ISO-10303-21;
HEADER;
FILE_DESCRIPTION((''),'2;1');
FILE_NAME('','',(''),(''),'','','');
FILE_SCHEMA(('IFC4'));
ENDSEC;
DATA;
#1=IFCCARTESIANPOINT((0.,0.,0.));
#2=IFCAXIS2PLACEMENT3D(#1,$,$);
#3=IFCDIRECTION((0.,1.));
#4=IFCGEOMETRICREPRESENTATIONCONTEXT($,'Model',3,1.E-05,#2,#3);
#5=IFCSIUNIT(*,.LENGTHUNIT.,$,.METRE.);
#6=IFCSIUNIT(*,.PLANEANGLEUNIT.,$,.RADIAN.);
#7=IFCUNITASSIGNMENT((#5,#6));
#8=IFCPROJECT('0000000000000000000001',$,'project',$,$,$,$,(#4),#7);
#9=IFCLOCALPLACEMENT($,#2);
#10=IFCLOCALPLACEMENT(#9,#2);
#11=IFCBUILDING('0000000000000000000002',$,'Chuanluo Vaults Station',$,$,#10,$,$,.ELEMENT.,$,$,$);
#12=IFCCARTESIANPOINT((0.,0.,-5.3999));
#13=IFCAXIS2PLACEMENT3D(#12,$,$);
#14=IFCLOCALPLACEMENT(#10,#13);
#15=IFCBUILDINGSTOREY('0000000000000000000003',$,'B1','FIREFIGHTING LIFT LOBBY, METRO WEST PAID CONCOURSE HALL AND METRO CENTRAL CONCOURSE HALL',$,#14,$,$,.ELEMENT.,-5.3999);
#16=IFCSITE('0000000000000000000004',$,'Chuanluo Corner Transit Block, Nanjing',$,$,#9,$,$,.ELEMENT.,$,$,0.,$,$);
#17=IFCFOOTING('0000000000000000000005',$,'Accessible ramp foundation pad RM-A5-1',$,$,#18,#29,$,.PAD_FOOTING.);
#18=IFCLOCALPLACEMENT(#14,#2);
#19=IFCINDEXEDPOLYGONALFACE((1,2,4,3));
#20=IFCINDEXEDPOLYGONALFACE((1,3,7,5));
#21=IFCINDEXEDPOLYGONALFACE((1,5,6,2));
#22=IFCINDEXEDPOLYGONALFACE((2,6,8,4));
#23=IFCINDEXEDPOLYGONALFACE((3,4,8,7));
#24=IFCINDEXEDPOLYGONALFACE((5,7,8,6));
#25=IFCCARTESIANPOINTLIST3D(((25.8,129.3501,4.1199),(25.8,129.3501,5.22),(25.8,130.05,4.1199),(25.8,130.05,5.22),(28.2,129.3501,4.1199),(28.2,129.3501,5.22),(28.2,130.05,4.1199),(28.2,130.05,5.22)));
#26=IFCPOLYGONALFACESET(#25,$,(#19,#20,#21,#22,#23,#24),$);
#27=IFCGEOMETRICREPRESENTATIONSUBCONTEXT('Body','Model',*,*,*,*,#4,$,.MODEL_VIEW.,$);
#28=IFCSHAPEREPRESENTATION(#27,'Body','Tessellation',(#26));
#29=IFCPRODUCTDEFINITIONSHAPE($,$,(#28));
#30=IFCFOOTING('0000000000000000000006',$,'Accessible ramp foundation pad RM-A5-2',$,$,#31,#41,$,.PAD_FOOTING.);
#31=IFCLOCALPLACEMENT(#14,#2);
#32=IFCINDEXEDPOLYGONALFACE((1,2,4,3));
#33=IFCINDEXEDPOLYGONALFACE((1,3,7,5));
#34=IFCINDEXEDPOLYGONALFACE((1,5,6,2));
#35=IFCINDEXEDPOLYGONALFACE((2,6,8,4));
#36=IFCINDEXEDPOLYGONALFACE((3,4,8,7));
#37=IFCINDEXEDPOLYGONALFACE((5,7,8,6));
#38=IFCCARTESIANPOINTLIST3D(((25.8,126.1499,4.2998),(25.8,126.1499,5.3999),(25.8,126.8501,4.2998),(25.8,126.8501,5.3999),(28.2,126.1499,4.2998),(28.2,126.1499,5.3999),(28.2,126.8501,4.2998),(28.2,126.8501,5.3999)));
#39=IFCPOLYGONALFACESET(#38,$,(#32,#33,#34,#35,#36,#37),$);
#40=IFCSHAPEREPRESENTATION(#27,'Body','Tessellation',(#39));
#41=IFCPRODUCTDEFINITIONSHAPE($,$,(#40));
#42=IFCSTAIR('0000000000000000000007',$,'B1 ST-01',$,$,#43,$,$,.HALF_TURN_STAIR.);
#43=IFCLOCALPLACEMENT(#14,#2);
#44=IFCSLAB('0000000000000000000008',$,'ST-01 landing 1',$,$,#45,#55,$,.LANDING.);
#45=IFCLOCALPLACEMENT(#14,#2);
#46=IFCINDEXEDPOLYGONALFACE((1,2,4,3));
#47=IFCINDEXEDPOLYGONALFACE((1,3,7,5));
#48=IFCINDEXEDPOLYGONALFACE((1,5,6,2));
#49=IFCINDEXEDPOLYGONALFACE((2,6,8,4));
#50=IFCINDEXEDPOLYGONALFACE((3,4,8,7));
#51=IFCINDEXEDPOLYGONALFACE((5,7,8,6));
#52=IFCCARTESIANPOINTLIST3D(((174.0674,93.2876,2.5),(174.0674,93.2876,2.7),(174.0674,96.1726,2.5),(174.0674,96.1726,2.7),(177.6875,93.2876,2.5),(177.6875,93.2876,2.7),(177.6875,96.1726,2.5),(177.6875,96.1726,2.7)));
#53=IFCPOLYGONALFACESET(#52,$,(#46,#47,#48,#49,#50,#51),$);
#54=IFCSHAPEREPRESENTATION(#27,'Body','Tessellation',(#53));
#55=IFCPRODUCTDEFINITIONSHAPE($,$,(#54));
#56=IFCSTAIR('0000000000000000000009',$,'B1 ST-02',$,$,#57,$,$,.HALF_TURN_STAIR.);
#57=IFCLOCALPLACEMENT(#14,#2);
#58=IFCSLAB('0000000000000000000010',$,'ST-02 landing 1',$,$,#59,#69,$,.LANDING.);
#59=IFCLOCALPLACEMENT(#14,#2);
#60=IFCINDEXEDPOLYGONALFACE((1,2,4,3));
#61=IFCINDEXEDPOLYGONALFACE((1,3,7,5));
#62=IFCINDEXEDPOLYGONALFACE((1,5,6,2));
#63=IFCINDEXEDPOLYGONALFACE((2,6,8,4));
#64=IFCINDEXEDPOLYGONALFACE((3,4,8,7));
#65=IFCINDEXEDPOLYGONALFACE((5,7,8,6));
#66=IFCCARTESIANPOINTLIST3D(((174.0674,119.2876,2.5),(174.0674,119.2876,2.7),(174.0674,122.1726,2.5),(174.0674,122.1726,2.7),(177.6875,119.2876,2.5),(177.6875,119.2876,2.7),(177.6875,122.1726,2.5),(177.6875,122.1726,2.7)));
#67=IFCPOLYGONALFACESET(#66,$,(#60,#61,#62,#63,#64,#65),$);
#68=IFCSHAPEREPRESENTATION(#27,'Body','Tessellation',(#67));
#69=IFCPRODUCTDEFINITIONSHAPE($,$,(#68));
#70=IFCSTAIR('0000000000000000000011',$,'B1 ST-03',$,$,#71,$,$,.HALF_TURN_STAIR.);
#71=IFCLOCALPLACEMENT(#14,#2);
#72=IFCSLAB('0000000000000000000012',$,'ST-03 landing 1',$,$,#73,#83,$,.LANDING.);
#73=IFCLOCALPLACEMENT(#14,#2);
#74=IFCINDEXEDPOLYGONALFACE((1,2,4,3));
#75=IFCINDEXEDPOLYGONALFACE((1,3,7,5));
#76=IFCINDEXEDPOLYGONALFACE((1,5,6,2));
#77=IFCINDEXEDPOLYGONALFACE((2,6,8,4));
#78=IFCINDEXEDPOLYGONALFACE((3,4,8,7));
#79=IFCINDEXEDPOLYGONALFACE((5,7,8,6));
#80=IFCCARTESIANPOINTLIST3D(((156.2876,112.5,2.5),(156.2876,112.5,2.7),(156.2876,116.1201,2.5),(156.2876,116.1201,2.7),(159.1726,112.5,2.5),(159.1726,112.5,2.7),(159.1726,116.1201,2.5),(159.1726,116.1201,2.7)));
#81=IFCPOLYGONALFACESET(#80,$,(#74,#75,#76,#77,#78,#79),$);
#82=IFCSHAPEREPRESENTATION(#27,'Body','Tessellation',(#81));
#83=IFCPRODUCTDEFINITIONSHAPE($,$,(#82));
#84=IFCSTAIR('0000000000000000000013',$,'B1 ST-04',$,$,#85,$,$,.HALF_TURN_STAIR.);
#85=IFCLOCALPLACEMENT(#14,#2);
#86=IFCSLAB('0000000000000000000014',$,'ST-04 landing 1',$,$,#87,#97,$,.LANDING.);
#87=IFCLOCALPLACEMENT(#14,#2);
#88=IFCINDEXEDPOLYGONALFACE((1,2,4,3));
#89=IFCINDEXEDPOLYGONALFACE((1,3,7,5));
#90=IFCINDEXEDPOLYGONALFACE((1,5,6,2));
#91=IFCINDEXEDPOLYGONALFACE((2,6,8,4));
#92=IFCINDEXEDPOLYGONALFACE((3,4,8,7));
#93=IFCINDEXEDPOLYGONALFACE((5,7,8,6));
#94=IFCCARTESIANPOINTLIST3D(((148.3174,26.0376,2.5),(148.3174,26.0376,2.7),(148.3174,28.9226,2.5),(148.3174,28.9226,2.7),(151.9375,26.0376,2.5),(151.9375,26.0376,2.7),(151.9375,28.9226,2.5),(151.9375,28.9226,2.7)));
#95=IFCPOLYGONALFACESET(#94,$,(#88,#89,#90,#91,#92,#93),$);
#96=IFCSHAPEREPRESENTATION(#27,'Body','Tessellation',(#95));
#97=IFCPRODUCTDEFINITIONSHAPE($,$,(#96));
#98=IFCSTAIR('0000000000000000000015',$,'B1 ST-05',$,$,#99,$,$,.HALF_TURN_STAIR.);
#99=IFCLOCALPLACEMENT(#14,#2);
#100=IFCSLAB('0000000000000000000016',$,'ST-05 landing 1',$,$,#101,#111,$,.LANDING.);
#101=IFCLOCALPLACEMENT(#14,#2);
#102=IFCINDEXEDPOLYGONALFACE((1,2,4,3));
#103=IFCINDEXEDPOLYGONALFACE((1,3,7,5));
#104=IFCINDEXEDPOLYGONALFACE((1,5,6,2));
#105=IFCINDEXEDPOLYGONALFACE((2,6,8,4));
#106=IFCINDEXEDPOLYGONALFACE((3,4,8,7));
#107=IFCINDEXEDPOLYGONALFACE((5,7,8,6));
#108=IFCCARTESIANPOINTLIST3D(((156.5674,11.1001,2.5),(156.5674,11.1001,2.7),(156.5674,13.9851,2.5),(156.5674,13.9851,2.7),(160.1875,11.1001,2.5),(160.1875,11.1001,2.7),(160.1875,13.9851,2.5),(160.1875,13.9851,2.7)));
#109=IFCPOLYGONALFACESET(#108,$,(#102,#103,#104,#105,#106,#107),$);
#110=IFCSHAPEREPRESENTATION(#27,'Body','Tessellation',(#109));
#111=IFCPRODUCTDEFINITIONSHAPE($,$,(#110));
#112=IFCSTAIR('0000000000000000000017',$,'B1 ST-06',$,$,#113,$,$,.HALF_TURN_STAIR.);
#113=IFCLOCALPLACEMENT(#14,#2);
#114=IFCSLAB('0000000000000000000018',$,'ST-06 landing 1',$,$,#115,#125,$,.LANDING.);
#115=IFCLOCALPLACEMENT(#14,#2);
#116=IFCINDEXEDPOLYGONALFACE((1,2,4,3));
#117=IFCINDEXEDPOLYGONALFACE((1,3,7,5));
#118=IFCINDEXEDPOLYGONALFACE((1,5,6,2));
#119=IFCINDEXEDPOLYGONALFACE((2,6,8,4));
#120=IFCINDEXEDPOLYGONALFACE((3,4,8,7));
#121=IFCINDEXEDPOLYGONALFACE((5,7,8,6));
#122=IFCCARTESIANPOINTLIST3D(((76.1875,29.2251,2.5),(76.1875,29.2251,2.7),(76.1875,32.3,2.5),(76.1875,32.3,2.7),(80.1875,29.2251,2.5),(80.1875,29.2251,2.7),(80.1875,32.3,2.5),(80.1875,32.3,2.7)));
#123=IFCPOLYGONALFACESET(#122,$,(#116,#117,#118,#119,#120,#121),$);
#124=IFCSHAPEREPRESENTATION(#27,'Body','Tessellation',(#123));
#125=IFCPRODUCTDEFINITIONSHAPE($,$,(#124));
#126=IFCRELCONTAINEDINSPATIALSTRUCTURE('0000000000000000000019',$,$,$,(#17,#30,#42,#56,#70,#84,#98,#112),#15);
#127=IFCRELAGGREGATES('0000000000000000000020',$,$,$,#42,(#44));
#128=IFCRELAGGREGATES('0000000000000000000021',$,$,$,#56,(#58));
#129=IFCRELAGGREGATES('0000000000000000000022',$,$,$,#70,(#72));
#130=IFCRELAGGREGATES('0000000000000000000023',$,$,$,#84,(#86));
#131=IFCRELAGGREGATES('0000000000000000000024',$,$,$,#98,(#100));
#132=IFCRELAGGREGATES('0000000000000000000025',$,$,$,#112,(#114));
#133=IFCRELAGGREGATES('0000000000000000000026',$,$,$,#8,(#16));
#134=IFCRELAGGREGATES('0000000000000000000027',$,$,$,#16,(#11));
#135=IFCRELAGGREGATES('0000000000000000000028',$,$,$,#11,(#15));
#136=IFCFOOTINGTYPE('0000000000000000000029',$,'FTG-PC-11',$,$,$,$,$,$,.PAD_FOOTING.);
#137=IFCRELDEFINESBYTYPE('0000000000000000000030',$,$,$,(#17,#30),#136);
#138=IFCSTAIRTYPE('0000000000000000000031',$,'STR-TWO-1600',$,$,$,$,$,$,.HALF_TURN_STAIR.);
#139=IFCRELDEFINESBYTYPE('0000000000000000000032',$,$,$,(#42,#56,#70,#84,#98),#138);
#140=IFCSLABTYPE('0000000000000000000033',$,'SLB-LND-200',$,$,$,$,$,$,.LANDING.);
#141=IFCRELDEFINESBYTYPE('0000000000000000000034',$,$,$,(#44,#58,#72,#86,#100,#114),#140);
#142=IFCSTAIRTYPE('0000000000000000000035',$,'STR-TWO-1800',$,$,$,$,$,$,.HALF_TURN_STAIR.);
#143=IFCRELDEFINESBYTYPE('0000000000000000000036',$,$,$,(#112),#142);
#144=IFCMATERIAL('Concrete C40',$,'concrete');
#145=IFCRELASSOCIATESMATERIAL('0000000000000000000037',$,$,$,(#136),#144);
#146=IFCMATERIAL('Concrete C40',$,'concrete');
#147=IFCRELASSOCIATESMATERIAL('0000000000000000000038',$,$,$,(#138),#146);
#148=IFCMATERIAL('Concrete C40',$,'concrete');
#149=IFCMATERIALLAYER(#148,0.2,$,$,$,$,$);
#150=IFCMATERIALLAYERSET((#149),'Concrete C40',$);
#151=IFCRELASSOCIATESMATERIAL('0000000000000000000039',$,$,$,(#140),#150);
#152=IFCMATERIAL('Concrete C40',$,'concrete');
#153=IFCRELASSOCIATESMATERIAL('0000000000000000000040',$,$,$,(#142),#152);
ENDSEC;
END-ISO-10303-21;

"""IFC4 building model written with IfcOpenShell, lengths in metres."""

from ifc_helpers import new_model, si_unit, direction, frame, origin, place, context, subcontext, project, spatial, polyline, outline, extrude, material, layer, layer_set, type_object, element, aggregate, save


model = new_model("IFC4")

# Units and contexts
model_context = context("Model", 3, precision=1e-05, world=origin(), true_north=direction((0.0, 1.0)))
body_context = subcontext(model_context, "Body", "Model", "MODEL_VIEW")
ifc_project = project(units=[si_unit("LENGTHUNIT", "METRE"), si_unit("PLANEANGLEUNIT", "RADIAN")], contexts=[model_context])

# Site, building, storey
site_placement = place(None, origin())
site = spatial("IfcSite", under=ifc_project, at=site_placement, Name="Chuanluo Corner Transit Block, Nanjing", CompositionType="ELEMENT", RefElevation=0.0)
building_placement = place(site_placement, origin())
building = spatial("IfcBuilding", under=site, at=building_placement, Name="Chuanluo Vaults Station", CompositionType="ELEMENT")
storey_placement = place(building_placement, frame((0.0, 0.0, -5.3999)))
storey = spatial("IfcBuildingStorey", under=building, at=storey_placement, Name="B1", Description="FIREFIGHTING LIFT LOBBY, METRO WEST PAID CONCOURSE HALL AND METRO CENTRAL CONCOURSE HALL", CompositionType="ELEMENT", Elevation=-5.3999)

# Footings
ifc_material_1 = material(Name="Concrete C40", Category="concrete")
footing_type_1 = type_object("IfcFootingType", Name="FTG-PC-11", PredefinedType="PAD_FOOTING", material=ifc_material_1)
footing_1_placement = place(storey_placement, frame((0.0, 0.0, 4.1199)))
element("IfcFooting", 1, at=footing_1_placement, inside=storey, type_object=footing_type_1, Name="Accessible ramp foundation pad RM-A5-1", PredefinedType="PAD_FOOTING", context=body_context, shape_type="SweptSolid", body=[
    extrude(outline(polyline([(25.8, 129.3501), (28.2, 129.3501), (28.2, 130.05), (25.8, 130.05), (25.8, 129.3501)])), origin(), (0.0, 0.0, 1.0), 1.1001),
])
footing_2_placement = place(storey_placement, frame((0.0, 0.0, 4.2998)))
element("IfcFooting", 2, at=footing_2_placement, inside=storey, type_object=footing_type_1, Name="Accessible ramp foundation pad RM-A5-2", PredefinedType="PAD_FOOTING", context=body_context, shape_type="SweptSolid", body=[
    extrude(outline(polyline([(25.8, 126.1499), (28.2, 126.1499), (28.2, 126.8501), (25.8, 126.8501), (25.8, 126.1499)])), origin(), (0.0, 0.0, 1.0), 1.1001),
])

# Stairs, slabs
ifc_material_2 = material(Name="Concrete C40", Category="concrete")
stair_type_1 = type_object("IfcStairType", Name="STR-TWO-1600", PredefinedType="HALF_TURN_STAIR", material=ifc_material_2)
stair_1_placement = place(storey_placement, origin())
stair_1 = element("IfcStair", 3, at=stair_1_placement, inside=storey, type_object=stair_type_1, Name="B1 ST-01", PredefinedType="HALF_TURN_STAIR")
ifc_material_3 = material(Name="Concrete C40", Category="concrete")
ifc_layer = layer(ifc_material_3, 0.2)
ifc_layer_set = layer_set([ifc_layer], Name="Concrete C40")
slab_type = type_object("IfcSlabType", Name="SLB-LND-200", PredefinedType="LANDING", material=ifc_layer_set)
slab_1_placement = place(storey_placement, frame((0.0, 0.0, 2.5)))
slab_1 = element("IfcSlab", 4, at=slab_1_placement, type_object=slab_type, Name="ST-01 landing 1", PredefinedType="LANDING", context=body_context, shape_type="SweptSolid", body=[
    extrude(outline(polyline([(177.6875, 93.2876), (177.6875, 96.1726), (174.0674, 96.1726), (174.0674, 93.2876), (177.6875, 93.2876)])), origin(), (0.0, 0.0, 1.0), 0.2),
])
aggregate(stair_1, [slab_1])
stair_2_placement = place(storey_placement, origin())
stair_2 = element("IfcStair", 5, at=stair_2_placement, inside=storey, type_object=stair_type_1, Name="B1 ST-02", PredefinedType="HALF_TURN_STAIR")
slab_2_placement = place(storey_placement, frame((0.0, 0.0, 2.5)))
slab_2 = element("IfcSlab", 6, at=slab_2_placement, type_object=slab_type, Name="ST-02 landing 1", PredefinedType="LANDING", context=body_context, shape_type="SweptSolid", body=[
    extrude(outline(polyline([(177.6875, 119.2876), (177.6875, 122.1726), (174.0674, 122.1726), (174.0674, 119.2876), (177.6875, 119.2876)])), origin(), (0.0, 0.0, 1.0), 0.2),
])
aggregate(stair_2, [slab_2])
stair_3_placement = place(storey_placement, origin())
stair_3 = element("IfcStair", 7, at=stair_3_placement, inside=storey, type_object=stair_type_1, Name="B1 ST-03", PredefinedType="HALF_TURN_STAIR")
slab_3_placement = place(storey_placement, frame((0.0, 0.0, 2.5)))
slab_3 = element("IfcSlab", 8, at=slab_3_placement, type_object=slab_type, Name="ST-03 landing 1", PredefinedType="LANDING", context=body_context, shape_type="SweptSolid", body=[
    extrude(outline(polyline([(156.2876, 112.5), (159.1726, 112.5), (159.1726, 116.1201), (156.2876, 116.1201), (156.2876, 112.5)])), origin(), (0.0, 0.0, 1.0), 0.2),
])
aggregate(stair_3, [slab_3])
stair_4_placement = place(storey_placement, origin())
stair_4 = element("IfcStair", 9, at=stair_4_placement, inside=storey, type_object=stair_type_1, Name="B1 ST-04", PredefinedType="HALF_TURN_STAIR")
slab_4_placement = place(storey_placement, frame((0.0, 0.0, 2.5)))
slab_4 = element("IfcSlab", 10, at=slab_4_placement, type_object=slab_type, Name="ST-04 landing 1", PredefinedType="LANDING", context=body_context, shape_type="SweptSolid", body=[
    extrude(outline(polyline([(151.9375, 26.0376), (151.9375, 28.9226), (148.3174, 28.9226), (148.3174, 26.0376), (151.9375, 26.0376)])), origin(), (0.0, 0.0, 1.0), 0.2),
])
aggregate(stair_4, [slab_4])
stair_5_placement = place(storey_placement, origin())
stair_5 = element("IfcStair", 11, at=stair_5_placement, inside=storey, type_object=stair_type_1, Name="B1 ST-05", PredefinedType="HALF_TURN_STAIR")
slab_5_placement = place(storey_placement, frame((0.0, 0.0, 2.5)))
slab_5 = element("IfcSlab", 12, at=slab_5_placement, type_object=slab_type, Name="ST-05 landing 1", PredefinedType="LANDING", context=body_context, shape_type="SweptSolid", body=[
    extrude(outline(polyline([(160.1875, 11.1001), (160.1875, 13.9851), (156.5674, 13.9851), (156.5674, 11.1001), (160.1875, 11.1001)])), origin(), (0.0, 0.0, 1.0), 0.2),
])
aggregate(stair_5, [slab_5])
ifc_material_4 = material(Name="Concrete C40", Category="concrete")
stair_type_2 = type_object("IfcStairType", Name="STR-TWO-1800", PredefinedType="HALF_TURN_STAIR", material=ifc_material_4)
stair_6_placement = place(storey_placement, origin())
stair_6 = element("IfcStair", 13, at=stair_6_placement, inside=storey, type_object=stair_type_2, Name="B1 ST-06", PredefinedType="HALF_TURN_STAIR")
slab_6_placement = place(storey_placement, frame((0.0, 0.0, 2.5)))
slab_6 = element("IfcSlab", 14, at=slab_6_placement, type_object=slab_type, Name="ST-06 landing 1", PredefinedType="LANDING", context=body_context, shape_type="SweptSolid", body=[
    extrude(outline(polyline([(80.1875, 29.2251), (80.1875, 32.3), (76.1875, 32.3), (76.1875, 29.2251), (80.1875, 29.2251)])), origin(), (0.0, 0.0, 1.0), 0.2),
])
aggregate(stair_6, [slab_6])

save(model, "model.ifc")
